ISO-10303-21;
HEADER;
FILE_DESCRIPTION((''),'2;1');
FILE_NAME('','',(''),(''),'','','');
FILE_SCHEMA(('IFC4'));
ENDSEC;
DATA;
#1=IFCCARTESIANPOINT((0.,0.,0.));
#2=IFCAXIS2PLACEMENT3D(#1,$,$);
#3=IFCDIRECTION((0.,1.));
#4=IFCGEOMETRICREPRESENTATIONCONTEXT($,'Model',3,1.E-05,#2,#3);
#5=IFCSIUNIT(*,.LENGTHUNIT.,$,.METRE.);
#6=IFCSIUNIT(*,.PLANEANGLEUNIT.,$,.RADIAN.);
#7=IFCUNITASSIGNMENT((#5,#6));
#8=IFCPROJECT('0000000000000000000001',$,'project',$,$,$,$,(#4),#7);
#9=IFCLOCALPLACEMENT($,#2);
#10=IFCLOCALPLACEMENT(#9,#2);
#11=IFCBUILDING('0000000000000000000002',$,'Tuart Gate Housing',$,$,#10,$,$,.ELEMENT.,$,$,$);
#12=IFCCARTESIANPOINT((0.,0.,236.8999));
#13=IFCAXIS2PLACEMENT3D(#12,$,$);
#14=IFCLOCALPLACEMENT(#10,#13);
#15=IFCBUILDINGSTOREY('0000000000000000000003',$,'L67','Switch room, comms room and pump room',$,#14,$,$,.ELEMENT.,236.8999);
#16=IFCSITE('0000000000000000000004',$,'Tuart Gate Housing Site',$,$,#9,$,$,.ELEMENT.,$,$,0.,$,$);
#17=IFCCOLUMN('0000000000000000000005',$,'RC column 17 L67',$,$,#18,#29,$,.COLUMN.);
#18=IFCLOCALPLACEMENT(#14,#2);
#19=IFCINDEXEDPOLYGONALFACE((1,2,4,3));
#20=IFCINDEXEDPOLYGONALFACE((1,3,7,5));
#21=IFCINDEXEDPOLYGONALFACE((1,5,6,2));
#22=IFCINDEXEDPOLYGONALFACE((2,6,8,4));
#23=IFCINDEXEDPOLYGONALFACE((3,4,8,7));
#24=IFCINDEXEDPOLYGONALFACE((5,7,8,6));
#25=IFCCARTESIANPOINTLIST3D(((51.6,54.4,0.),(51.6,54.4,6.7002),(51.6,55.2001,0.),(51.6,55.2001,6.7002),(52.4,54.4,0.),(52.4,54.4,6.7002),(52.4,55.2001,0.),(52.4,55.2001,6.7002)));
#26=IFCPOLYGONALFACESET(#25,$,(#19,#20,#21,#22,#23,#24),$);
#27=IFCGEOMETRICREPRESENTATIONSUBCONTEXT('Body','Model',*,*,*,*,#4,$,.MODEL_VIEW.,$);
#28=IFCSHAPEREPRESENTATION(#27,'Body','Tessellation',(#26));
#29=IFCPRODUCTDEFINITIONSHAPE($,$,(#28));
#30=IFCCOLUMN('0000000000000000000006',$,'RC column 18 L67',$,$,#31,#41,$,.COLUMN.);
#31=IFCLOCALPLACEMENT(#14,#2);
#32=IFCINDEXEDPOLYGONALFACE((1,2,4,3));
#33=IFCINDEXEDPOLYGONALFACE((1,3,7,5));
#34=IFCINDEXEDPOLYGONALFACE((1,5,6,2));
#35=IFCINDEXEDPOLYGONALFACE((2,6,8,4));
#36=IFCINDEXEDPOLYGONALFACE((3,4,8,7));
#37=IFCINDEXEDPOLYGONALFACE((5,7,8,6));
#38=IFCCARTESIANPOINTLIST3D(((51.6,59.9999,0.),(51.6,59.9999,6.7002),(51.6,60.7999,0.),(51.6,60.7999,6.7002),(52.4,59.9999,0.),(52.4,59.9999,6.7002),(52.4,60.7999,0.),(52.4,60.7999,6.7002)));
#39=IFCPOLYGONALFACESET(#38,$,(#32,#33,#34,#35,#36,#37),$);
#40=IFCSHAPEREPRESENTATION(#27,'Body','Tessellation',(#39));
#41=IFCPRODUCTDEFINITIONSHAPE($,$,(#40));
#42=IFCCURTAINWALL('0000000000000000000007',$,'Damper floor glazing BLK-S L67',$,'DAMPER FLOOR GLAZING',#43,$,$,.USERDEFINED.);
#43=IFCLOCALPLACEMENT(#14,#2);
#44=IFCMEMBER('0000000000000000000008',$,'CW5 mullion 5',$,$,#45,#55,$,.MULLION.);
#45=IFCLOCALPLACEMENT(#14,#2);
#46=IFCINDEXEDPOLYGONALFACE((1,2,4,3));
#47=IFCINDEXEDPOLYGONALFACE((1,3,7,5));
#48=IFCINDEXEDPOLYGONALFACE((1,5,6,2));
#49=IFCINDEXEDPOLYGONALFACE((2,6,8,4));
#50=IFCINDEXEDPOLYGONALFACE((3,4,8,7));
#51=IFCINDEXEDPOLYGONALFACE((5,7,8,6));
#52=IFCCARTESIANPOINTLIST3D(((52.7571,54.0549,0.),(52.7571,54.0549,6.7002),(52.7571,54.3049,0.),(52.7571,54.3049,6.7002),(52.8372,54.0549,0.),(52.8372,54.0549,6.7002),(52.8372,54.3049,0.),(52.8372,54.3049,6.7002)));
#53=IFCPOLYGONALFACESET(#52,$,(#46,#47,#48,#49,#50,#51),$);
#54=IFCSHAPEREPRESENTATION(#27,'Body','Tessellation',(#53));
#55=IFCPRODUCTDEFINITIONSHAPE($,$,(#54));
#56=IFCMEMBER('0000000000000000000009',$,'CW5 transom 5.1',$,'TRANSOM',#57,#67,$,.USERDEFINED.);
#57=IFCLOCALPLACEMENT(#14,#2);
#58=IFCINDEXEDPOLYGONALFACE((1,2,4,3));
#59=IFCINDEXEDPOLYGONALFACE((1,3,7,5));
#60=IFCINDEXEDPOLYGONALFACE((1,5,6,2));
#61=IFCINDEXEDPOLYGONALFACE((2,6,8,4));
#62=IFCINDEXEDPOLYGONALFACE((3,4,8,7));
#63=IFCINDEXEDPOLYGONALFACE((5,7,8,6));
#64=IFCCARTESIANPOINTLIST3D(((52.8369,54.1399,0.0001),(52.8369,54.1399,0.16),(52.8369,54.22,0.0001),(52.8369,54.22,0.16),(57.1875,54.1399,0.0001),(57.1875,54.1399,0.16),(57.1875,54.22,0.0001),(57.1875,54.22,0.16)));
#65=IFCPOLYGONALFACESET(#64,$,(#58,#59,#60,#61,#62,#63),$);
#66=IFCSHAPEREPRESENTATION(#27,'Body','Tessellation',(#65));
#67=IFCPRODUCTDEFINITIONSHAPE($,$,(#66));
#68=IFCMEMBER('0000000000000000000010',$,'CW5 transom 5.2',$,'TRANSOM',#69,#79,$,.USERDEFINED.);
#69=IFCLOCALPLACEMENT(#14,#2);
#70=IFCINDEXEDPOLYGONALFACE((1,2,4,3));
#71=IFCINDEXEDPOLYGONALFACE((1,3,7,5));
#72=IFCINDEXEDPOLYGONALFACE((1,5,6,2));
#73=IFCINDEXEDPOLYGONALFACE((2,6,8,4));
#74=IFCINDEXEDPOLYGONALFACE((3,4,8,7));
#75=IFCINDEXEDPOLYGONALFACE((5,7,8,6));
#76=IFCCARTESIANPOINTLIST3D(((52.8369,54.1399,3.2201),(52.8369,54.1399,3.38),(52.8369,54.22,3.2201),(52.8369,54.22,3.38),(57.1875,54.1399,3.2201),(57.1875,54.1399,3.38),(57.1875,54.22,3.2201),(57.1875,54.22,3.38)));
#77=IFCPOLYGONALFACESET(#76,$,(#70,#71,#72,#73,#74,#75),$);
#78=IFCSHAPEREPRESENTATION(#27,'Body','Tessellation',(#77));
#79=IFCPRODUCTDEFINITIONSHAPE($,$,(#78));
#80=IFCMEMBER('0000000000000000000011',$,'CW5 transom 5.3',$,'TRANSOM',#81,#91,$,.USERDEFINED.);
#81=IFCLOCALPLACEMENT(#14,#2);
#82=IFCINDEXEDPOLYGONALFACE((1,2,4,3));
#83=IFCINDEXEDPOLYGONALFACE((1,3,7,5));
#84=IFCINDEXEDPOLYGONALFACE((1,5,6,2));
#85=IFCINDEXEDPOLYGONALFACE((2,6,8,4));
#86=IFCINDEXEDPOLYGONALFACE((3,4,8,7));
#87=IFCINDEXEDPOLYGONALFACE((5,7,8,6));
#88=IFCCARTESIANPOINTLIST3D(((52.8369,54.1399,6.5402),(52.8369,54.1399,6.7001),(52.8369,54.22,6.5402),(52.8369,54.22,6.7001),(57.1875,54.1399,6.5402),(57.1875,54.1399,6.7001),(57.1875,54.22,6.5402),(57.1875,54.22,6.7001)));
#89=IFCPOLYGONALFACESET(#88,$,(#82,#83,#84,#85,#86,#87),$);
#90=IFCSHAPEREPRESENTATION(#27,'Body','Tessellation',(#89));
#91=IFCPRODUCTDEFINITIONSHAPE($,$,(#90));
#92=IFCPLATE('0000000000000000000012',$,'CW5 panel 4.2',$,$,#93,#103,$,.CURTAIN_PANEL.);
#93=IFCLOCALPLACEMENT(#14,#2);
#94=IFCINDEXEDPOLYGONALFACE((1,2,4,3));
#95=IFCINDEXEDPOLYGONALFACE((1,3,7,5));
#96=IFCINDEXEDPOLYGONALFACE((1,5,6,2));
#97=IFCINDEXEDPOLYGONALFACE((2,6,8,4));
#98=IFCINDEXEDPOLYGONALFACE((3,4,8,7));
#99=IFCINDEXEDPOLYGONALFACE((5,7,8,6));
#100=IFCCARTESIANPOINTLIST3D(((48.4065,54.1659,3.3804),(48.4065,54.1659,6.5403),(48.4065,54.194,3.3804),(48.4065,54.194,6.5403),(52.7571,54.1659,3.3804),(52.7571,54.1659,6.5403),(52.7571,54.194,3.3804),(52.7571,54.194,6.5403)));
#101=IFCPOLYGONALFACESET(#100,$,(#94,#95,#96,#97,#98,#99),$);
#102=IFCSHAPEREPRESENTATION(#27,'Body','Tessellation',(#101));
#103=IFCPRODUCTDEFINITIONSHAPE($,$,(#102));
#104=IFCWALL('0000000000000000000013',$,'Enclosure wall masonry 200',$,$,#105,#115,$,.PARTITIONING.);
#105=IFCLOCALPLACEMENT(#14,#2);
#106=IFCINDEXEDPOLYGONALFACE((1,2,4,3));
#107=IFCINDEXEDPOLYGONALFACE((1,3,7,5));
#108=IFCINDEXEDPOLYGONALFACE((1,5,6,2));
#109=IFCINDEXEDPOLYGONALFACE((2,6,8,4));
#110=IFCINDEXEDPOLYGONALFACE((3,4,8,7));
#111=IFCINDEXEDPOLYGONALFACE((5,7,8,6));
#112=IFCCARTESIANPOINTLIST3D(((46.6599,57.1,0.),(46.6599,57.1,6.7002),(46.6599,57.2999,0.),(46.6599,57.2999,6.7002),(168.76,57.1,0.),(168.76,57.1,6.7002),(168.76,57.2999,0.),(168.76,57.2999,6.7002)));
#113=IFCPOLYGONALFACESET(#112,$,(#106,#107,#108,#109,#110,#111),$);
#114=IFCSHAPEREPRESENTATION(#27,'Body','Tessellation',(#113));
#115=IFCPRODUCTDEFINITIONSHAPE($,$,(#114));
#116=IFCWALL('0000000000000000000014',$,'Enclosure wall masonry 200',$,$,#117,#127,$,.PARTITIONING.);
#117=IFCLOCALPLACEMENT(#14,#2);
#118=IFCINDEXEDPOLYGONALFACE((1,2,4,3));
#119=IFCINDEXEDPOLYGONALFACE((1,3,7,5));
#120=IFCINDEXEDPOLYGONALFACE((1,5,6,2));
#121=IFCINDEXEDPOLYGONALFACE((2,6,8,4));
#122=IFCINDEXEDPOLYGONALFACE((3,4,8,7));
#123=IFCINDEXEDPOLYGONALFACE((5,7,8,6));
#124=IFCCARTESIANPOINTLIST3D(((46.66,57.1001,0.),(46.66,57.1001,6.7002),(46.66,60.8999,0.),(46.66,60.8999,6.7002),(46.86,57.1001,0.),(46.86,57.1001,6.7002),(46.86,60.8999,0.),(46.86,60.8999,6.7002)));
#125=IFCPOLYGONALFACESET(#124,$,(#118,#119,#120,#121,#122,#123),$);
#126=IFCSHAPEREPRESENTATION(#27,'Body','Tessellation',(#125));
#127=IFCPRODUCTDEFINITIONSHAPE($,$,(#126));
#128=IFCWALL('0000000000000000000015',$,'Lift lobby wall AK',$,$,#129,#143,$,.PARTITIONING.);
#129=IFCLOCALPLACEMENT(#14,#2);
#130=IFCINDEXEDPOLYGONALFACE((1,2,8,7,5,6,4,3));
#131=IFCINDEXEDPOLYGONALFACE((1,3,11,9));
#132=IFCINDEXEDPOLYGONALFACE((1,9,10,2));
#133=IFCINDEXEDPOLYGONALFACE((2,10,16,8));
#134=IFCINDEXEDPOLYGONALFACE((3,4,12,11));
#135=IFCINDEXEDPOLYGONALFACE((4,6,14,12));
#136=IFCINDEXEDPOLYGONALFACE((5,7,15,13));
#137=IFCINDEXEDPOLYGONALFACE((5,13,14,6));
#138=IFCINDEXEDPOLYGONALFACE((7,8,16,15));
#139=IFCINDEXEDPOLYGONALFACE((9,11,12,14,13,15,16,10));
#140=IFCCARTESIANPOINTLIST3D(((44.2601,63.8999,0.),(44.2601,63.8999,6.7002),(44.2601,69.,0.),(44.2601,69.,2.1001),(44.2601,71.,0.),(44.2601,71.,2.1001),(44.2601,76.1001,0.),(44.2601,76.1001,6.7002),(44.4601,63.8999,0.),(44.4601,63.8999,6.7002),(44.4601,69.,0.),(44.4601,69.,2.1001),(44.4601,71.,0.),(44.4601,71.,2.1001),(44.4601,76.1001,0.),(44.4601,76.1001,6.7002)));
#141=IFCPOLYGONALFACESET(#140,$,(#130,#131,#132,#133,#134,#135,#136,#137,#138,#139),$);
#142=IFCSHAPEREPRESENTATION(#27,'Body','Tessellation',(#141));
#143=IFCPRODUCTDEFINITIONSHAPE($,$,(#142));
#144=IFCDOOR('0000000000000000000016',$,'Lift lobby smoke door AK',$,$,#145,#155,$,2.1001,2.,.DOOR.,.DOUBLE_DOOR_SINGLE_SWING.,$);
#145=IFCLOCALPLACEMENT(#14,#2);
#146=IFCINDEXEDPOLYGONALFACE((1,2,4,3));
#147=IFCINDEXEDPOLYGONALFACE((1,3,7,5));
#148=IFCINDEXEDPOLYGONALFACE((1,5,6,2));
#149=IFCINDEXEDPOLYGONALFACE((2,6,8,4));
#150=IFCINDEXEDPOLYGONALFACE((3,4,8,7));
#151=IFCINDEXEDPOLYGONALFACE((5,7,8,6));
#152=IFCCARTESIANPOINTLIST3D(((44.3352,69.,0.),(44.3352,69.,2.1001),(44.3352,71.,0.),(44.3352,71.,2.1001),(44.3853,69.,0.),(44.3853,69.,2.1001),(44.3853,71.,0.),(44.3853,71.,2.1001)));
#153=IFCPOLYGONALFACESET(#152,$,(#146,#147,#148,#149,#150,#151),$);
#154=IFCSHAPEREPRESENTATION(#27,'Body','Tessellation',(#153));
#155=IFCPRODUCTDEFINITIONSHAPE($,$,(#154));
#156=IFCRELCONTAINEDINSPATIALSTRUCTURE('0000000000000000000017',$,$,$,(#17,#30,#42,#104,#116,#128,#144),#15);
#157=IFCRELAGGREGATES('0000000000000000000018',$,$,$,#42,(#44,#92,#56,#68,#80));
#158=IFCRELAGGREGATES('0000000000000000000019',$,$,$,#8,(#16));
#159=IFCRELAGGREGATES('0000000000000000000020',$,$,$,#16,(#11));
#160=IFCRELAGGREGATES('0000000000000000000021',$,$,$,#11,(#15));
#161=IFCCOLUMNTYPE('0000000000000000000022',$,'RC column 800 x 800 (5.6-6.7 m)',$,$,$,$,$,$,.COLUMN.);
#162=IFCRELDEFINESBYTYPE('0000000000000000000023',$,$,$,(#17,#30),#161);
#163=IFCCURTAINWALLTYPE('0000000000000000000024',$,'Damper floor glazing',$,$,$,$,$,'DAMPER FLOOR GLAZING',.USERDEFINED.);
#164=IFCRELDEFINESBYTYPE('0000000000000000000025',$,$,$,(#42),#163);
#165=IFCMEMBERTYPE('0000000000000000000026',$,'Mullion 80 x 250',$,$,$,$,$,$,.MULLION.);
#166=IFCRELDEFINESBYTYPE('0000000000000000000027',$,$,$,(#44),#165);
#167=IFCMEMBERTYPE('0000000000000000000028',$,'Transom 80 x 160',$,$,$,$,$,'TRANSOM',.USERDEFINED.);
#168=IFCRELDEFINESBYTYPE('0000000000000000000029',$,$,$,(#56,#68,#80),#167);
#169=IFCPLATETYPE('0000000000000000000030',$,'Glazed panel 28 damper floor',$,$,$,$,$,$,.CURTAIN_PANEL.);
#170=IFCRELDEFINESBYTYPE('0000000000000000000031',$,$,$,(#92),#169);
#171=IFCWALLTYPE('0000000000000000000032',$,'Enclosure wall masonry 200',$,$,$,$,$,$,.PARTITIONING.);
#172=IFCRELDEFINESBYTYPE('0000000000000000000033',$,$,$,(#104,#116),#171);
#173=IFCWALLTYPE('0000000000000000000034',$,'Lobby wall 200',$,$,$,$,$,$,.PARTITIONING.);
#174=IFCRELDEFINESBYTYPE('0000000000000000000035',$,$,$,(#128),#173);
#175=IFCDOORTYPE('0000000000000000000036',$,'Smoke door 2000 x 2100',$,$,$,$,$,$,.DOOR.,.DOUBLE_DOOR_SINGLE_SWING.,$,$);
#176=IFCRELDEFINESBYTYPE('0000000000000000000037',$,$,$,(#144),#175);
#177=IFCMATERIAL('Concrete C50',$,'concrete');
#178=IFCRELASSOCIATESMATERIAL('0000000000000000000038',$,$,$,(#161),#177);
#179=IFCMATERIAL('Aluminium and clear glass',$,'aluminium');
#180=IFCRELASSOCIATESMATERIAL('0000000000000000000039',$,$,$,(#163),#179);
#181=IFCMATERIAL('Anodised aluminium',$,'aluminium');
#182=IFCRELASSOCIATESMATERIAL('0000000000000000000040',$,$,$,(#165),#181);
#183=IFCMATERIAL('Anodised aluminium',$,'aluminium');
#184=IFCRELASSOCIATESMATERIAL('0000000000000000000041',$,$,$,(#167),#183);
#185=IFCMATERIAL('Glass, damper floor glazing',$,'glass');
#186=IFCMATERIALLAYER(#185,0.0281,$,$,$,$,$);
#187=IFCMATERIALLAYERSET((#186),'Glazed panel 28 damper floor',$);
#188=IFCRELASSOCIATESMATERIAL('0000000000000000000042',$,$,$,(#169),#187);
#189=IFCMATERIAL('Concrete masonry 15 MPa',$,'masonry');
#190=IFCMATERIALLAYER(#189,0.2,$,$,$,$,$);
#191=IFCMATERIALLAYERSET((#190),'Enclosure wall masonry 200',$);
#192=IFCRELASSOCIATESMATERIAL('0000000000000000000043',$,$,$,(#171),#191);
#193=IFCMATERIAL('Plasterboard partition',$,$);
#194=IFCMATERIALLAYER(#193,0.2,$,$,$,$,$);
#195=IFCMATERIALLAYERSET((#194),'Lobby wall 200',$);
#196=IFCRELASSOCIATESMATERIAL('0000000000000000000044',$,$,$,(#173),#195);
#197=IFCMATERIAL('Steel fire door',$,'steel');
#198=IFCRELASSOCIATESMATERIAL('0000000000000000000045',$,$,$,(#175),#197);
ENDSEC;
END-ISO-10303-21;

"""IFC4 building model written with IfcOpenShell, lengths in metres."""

from ifc_helpers import new_model, si_unit, direction, frame, frame_2d, origin, origin_2d, place, context, subcontext, project, spatial, rectangle, extrude, material, layer, layer_set, material_profile, profile_set, type_object, element, fill, aggregate, save


model = new_model("IFC4")

# Units and contexts
model_context = context("Model", 3, precision=1e-05, world=origin(), true_north=direction((0.0, 1.0)))
body_context = subcontext(model_context, "Body", "Model", "MODEL_VIEW")
ifc_project = project(units=[si_unit("LENGTHUNIT", "METRE"), si_unit("PLANEANGLEUNIT", "RADIAN")], contexts=[model_context])

# Site, building, storey
site_placement = place(None, origin())
site = spatial("IfcSite", under=ifc_project, at=site_placement, Name="Tuart Gate Housing Site", CompositionType="ELEMENT", RefElevation=0.0)
building_placement = place(site_placement, origin())
building = spatial("IfcBuilding", under=site, at=building_placement, Name="Tuart Gate Housing", CompositionType="ELEMENT")
storey_placement = place(building_placement, frame((0.0, 0.0, 236.8999)))
storey = spatial("IfcBuildingStorey", under=building, at=storey_placement, Name="L67", Description="Switch room, comms room and pump room", CompositionType="ELEMENT", Elevation=236.8999)

# Columns
ifc_material_1 = material(Name="Concrete C50", Category="concrete")
ifc_material_profile_1 = material_profile(ifc_material_1, rectangle(XDim=0.8, YDim=0.8, at=origin_2d()), Name="RC column 800 x 800 (5.6-6.7 m)")
ifc_profile_set_1 = profile_set([ifc_material_profile_1], Name="Concrete C50")
column_type = type_object("IfcColumnType", Name="RC column 800 x 800 (5.6-6.7 m)", PredefinedType="COLUMN", material=ifc_profile_set_1)
for number, where, z_axis, x_axis, name in (
    (1, (52.0, 54.8, 0.0), (0.0, 0.0, 1.0), (1.0, 0.0, 0.0), "RC column 17 L67"),
    (2, (52.0, 60.3999, 0.0), (0.0, 0.0, 1.0), (1.0, 0.0, 0.0), "RC column 18 L67"),
):
    element("IfcColumn", number, at=place(storey_placement, frame(where, z_axis=z_axis, x_axis=x_axis)), inside=storey, type_object=column_type, Name=name, PredefinedType="COLUMN", context=body_context, shape_type="SweptSolid", body=[
        extrude(rectangle(XDim=0.8, YDim=0.8, at=origin_2d()), origin(), (0.0, 0.0, 1.0), 6.7002),
    ])

# Curtain wall, members, plate
ifc_material_2 = material(Name="Aluminium and clear glass", Category="aluminium")
curtain_wall_type = type_object("IfcCurtainWallType", Name="Damper floor glazing", ElementType="DAMPER FLOOR GLAZING", PredefinedType="USERDEFINED", material=ifc_material_2)
curtain_wall_placement = place(storey_placement, origin())
curtain_wall = element("IfcCurtainWall", 3, at=curtain_wall_placement, inside=storey, type_object=curtain_wall_type, Name="Damper floor glazing BLK-S L67", ObjectType="DAMPER FLOOR GLAZING", PredefinedType="USERDEFINED")
ifc_material_3 = material(Name="Anodised aluminium", Category="aluminium")
ifc_material_profile_2 = material_profile(ifc_material_3, rectangle(XDim=0.0801, YDim=0.25, at=origin_2d()), Name="80x250")
ifc_profile_set_2 = profile_set([ifc_material_profile_2], Name="Anodised aluminium")
member_type_1 = type_object("IfcMemberType", Name="Mullion 80 x 250", PredefinedType="MULLION", material=ifc_profile_set_2)
member_1_placement = place(storey_placement, frame((52.7971, 54.1799, 0.0), z_axis=(0.0, 0.0, 1.0), x_axis=(1.0, 0.0, 0.0)))
member_1 = element("IfcMember", 4, at=member_1_placement, type_object=member_type_1, Name="CW5 mullion 5", PredefinedType="MULLION", context=body_context, shape_type="SweptSolid", body=[
    extrude(rectangle(XDim=0.0801, YDim=0.25, at=origin_2d()), origin(), (0.0, 0.0, 1.0), 6.7002),
])
ifc_material_4 = material(Name="Anodised aluminium", Category="aluminium")
ifc_material_profile_3 = material_profile(ifc_material_4, rectangle(XDim=0.0801, YDim=0.1599, at=origin_2d()), Name="80x160")
ifc_profile_set_3 = profile_set([ifc_material_profile_3], Name="Anodised aluminium")
member_type_2 = type_object("IfcMemberType", Name="Transom 80 x 160", ElementType="TRANSOM", PredefinedType="USERDEFINED", material=ifc_profile_set_3)
member_2_placement = place(storey_placement, frame((52.8369, 54.1799, 0.0801), z_axis=(1.0, 0.0, 0.0), x_axis=(0.0, 1.0, 0.0)))
member_2 = element("IfcMember", 5, at=member_2_placement, type_object=member_type_2, Name="CW5 transom 5.1", ObjectType="TRANSOM", PredefinedType="USERDEFINED", context=body_context, shape_type="SweptSolid", body=[
    extrude(rectangle(XDim=0.0801, YDim=0.1599, at=origin_2d()), origin(), (0.0, 0.0, 1.0), 4.3506),
])
member_3_placement = place(storey_placement, frame((52.8369, 54.1799, 3.3), z_axis=(1.0, 0.0, 0.0), x_axis=(0.0, 1.0, 0.0)))
member_3 = element("IfcMember", 6, at=member_3_placement, type_object=member_type_2, Name="CW5 transom 5.2", ObjectType="TRANSOM", PredefinedType="USERDEFINED", context=body_context, shape_type="SweptSolid", body=[
    extrude(rectangle(XDim=0.0801, YDim=0.1599, at=origin_2d()), origin(), (0.0, 0.0, 1.0), 4.3506),
])
member_4_placement = place(storey_placement, frame((52.8369, 54.1799, 6.6201), z_axis=(1.0, 0.0, 0.0), x_axis=(0.0, 1.0, 0.0)))
member_4 = element("IfcMember", 7, at=member_4_placement, type_object=member_type_2, Name="CW5 transom 5.3", ObjectType="TRANSOM", PredefinedType="USERDEFINED", context=body_context, shape_type="SweptSolid", body=[
    extrude(rectangle(XDim=0.0801, YDim=0.1599, at=origin_2d()), origin(), (0.0, 0.0, 1.0), 4.3506),
])
ifc_material_5 = material(Name="Glass, damper floor glazing", Category="glass")
ifc_layer_1 = layer(ifc_material_5, 0.0281)
ifc_layer_set_1 = layer_set([ifc_layer_1], Name="Glazed panel 28 damper floor")
plate_type = type_object("IfcPlateType", Name="Glazed panel 28 damper floor", PredefinedType="CURTAIN_PANEL", material=ifc_layer_set_1)
plate_placement = place(storey_placement, frame((50.5818, 54.1799, 3.3804), z_axis=(0.0, 0.0, 1.0), x_axis=(1.0, 0.0, 0.0)))
plate = element("IfcPlate", 8, at=plate_placement, type_object=plate_type, Name="CW5 panel 4.2", PredefinedType="CURTAIN_PANEL", context=body_context, shape_type="SweptSolid", body=[
    extrude(rectangle(XDim=4.3506, YDim=0.0281, at=origin_2d()), origin(), (0.0, 0.0, 1.0), 3.1599),
])
aggregate(curtain_wall, [member_1, plate, member_2, member_3, member_4])

# Wall
ifc_material_6 = material(Name="Concrete masonry 15 MPa", Category="masonry")
ifc_layer_2 = layer(ifc_material_6, 0.2)
ifc_layer_set_2 = layer_set([ifc_layer_2], Name="Enclosure wall masonry 200")
wall_type_1 = type_object("IfcWallType", Name="Enclosure wall masonry 200", PredefinedType="PARTITIONING", material=ifc_layer_set_2)
wall_1_placement = place(storey_placement, frame((46.6599, 57.2, 0.0), z_axis=(0.0, 0.0, 1.0), x_axis=(1.0, 0.0, 0.0)))
element("IfcWall", 9, at=wall_1_placement, inside=storey, type_object=wall_type_1, Name="Enclosure wall masonry 200", PredefinedType="PARTITIONING", context=body_context, shape_type="SweptSolid", body=[
    extrude(rectangle(XDim=122.1001, YDim=0.2, at=frame_2d((61.05, 0.0))), origin(), (0.0, 0.0, 1.0), 6.7002),
])

# Wall
wall_2_placement = place(storey_placement, frame((46.76, 57.1001, 0.0), z_axis=(0.0, 0.0, 1.0), x_axis=(0.0, 1.0, 0.0)))
element("IfcWall", 10, at=wall_2_placement, inside=storey, type_object=wall_type_1, Name="Enclosure wall masonry 200", PredefinedType="PARTITIONING", context=body_context, shape_type="SweptSolid", body=[
    extrude(rectangle(XDim=3.7998, YDim=0.2, at=frame_2d((1.8999, 0.0))), origin(), (0.0, 0.0, 1.0), 6.7002),
])

# Wall, opening, door
ifc_material_7 = material(Name="Plasterboard partition")
ifc_layer_3 = layer(ifc_material_7, 0.2)
ifc_layer_set_3 = layer_set([ifc_layer_3], Name="Lobby wall 200")
wall_type_2 = type_object("IfcWallType", Name="Lobby wall 200", PredefinedType="PARTITIONING", material=ifc_layer_set_3)
wall_3_placement = place(storey_placement, frame((44.3601, 63.8999, 0.0), z_axis=(0.0, 0.0, 1.0), x_axis=(0.0, 1.0, 0.0)))
wall_3 = element("IfcWall", 11, at=wall_3_placement, inside=storey, type_object=wall_type_2, Name="Lift lobby wall AK", PredefinedType="PARTITIONING", context=body_context, shape_type="SweptSolid", body=[
    extrude(rectangle(XDim=12.2002, YDim=0.2, at=frame_2d((6.1001, 0.0))), origin(), (0.0, 0.0, 1.0), 6.7002),
])
opening_1_placement = place(wall_3_placement, frame((5.1001, 0.0, 0.0)))
opening_1 = element("IfcOpeningElement", 12, at=opening_1_placement, cuts=wall_3, PredefinedType="OPENING", context=body_context, shape_type="SweptSolid", body=[
    extrude(rectangle(XDim=2.0, YDim=2.1001, at=frame_2d((1.0, 1.05))), frame((0.0, 0.1099, 0.0), z_axis=(0.0, -1.0, 0.0), x_axis=(1.0, 0.0, 0.0)), (0.0, 0.0, 1.0), 0.22),
])
ifc_material_8 = material(Name="Steel fire door", Category="steel")
door_type_1 = type_object("IfcDoorType", Name="Smoke door 2000 x 2100", OperationType="DOUBLE_DOOR_SINGLE_SWING", PredefinedType="DOOR", material=ifc_material_8)
door_1_placement = place(opening_1_placement, origin())
door_1 = element("IfcDoor", 13, at=door_1_placement, inside=storey, type_object=door_type_1, Name="Lift lobby smoke door AK", OperationType="DOUBLE_DOOR_SINGLE_SWING", OverallHeight=2.1001, OverallWidth=2.0, PredefinedType="DOOR", context=body_context, shape_type="SweptSolid", body=[
    extrude(rectangle(XDim=2.0, YDim=2.1001, at=frame_2d((1.0, 1.05))), frame((0.0, 0.0249, 0.0), z_axis=(0.0, -1.0, 0.0), x_axis=(1.0, 0.0, 0.0)), (0.0, 0.0, 1.0), 0.05),
])
fill(opening_1, door_1)

save(model, "model.ifc")
